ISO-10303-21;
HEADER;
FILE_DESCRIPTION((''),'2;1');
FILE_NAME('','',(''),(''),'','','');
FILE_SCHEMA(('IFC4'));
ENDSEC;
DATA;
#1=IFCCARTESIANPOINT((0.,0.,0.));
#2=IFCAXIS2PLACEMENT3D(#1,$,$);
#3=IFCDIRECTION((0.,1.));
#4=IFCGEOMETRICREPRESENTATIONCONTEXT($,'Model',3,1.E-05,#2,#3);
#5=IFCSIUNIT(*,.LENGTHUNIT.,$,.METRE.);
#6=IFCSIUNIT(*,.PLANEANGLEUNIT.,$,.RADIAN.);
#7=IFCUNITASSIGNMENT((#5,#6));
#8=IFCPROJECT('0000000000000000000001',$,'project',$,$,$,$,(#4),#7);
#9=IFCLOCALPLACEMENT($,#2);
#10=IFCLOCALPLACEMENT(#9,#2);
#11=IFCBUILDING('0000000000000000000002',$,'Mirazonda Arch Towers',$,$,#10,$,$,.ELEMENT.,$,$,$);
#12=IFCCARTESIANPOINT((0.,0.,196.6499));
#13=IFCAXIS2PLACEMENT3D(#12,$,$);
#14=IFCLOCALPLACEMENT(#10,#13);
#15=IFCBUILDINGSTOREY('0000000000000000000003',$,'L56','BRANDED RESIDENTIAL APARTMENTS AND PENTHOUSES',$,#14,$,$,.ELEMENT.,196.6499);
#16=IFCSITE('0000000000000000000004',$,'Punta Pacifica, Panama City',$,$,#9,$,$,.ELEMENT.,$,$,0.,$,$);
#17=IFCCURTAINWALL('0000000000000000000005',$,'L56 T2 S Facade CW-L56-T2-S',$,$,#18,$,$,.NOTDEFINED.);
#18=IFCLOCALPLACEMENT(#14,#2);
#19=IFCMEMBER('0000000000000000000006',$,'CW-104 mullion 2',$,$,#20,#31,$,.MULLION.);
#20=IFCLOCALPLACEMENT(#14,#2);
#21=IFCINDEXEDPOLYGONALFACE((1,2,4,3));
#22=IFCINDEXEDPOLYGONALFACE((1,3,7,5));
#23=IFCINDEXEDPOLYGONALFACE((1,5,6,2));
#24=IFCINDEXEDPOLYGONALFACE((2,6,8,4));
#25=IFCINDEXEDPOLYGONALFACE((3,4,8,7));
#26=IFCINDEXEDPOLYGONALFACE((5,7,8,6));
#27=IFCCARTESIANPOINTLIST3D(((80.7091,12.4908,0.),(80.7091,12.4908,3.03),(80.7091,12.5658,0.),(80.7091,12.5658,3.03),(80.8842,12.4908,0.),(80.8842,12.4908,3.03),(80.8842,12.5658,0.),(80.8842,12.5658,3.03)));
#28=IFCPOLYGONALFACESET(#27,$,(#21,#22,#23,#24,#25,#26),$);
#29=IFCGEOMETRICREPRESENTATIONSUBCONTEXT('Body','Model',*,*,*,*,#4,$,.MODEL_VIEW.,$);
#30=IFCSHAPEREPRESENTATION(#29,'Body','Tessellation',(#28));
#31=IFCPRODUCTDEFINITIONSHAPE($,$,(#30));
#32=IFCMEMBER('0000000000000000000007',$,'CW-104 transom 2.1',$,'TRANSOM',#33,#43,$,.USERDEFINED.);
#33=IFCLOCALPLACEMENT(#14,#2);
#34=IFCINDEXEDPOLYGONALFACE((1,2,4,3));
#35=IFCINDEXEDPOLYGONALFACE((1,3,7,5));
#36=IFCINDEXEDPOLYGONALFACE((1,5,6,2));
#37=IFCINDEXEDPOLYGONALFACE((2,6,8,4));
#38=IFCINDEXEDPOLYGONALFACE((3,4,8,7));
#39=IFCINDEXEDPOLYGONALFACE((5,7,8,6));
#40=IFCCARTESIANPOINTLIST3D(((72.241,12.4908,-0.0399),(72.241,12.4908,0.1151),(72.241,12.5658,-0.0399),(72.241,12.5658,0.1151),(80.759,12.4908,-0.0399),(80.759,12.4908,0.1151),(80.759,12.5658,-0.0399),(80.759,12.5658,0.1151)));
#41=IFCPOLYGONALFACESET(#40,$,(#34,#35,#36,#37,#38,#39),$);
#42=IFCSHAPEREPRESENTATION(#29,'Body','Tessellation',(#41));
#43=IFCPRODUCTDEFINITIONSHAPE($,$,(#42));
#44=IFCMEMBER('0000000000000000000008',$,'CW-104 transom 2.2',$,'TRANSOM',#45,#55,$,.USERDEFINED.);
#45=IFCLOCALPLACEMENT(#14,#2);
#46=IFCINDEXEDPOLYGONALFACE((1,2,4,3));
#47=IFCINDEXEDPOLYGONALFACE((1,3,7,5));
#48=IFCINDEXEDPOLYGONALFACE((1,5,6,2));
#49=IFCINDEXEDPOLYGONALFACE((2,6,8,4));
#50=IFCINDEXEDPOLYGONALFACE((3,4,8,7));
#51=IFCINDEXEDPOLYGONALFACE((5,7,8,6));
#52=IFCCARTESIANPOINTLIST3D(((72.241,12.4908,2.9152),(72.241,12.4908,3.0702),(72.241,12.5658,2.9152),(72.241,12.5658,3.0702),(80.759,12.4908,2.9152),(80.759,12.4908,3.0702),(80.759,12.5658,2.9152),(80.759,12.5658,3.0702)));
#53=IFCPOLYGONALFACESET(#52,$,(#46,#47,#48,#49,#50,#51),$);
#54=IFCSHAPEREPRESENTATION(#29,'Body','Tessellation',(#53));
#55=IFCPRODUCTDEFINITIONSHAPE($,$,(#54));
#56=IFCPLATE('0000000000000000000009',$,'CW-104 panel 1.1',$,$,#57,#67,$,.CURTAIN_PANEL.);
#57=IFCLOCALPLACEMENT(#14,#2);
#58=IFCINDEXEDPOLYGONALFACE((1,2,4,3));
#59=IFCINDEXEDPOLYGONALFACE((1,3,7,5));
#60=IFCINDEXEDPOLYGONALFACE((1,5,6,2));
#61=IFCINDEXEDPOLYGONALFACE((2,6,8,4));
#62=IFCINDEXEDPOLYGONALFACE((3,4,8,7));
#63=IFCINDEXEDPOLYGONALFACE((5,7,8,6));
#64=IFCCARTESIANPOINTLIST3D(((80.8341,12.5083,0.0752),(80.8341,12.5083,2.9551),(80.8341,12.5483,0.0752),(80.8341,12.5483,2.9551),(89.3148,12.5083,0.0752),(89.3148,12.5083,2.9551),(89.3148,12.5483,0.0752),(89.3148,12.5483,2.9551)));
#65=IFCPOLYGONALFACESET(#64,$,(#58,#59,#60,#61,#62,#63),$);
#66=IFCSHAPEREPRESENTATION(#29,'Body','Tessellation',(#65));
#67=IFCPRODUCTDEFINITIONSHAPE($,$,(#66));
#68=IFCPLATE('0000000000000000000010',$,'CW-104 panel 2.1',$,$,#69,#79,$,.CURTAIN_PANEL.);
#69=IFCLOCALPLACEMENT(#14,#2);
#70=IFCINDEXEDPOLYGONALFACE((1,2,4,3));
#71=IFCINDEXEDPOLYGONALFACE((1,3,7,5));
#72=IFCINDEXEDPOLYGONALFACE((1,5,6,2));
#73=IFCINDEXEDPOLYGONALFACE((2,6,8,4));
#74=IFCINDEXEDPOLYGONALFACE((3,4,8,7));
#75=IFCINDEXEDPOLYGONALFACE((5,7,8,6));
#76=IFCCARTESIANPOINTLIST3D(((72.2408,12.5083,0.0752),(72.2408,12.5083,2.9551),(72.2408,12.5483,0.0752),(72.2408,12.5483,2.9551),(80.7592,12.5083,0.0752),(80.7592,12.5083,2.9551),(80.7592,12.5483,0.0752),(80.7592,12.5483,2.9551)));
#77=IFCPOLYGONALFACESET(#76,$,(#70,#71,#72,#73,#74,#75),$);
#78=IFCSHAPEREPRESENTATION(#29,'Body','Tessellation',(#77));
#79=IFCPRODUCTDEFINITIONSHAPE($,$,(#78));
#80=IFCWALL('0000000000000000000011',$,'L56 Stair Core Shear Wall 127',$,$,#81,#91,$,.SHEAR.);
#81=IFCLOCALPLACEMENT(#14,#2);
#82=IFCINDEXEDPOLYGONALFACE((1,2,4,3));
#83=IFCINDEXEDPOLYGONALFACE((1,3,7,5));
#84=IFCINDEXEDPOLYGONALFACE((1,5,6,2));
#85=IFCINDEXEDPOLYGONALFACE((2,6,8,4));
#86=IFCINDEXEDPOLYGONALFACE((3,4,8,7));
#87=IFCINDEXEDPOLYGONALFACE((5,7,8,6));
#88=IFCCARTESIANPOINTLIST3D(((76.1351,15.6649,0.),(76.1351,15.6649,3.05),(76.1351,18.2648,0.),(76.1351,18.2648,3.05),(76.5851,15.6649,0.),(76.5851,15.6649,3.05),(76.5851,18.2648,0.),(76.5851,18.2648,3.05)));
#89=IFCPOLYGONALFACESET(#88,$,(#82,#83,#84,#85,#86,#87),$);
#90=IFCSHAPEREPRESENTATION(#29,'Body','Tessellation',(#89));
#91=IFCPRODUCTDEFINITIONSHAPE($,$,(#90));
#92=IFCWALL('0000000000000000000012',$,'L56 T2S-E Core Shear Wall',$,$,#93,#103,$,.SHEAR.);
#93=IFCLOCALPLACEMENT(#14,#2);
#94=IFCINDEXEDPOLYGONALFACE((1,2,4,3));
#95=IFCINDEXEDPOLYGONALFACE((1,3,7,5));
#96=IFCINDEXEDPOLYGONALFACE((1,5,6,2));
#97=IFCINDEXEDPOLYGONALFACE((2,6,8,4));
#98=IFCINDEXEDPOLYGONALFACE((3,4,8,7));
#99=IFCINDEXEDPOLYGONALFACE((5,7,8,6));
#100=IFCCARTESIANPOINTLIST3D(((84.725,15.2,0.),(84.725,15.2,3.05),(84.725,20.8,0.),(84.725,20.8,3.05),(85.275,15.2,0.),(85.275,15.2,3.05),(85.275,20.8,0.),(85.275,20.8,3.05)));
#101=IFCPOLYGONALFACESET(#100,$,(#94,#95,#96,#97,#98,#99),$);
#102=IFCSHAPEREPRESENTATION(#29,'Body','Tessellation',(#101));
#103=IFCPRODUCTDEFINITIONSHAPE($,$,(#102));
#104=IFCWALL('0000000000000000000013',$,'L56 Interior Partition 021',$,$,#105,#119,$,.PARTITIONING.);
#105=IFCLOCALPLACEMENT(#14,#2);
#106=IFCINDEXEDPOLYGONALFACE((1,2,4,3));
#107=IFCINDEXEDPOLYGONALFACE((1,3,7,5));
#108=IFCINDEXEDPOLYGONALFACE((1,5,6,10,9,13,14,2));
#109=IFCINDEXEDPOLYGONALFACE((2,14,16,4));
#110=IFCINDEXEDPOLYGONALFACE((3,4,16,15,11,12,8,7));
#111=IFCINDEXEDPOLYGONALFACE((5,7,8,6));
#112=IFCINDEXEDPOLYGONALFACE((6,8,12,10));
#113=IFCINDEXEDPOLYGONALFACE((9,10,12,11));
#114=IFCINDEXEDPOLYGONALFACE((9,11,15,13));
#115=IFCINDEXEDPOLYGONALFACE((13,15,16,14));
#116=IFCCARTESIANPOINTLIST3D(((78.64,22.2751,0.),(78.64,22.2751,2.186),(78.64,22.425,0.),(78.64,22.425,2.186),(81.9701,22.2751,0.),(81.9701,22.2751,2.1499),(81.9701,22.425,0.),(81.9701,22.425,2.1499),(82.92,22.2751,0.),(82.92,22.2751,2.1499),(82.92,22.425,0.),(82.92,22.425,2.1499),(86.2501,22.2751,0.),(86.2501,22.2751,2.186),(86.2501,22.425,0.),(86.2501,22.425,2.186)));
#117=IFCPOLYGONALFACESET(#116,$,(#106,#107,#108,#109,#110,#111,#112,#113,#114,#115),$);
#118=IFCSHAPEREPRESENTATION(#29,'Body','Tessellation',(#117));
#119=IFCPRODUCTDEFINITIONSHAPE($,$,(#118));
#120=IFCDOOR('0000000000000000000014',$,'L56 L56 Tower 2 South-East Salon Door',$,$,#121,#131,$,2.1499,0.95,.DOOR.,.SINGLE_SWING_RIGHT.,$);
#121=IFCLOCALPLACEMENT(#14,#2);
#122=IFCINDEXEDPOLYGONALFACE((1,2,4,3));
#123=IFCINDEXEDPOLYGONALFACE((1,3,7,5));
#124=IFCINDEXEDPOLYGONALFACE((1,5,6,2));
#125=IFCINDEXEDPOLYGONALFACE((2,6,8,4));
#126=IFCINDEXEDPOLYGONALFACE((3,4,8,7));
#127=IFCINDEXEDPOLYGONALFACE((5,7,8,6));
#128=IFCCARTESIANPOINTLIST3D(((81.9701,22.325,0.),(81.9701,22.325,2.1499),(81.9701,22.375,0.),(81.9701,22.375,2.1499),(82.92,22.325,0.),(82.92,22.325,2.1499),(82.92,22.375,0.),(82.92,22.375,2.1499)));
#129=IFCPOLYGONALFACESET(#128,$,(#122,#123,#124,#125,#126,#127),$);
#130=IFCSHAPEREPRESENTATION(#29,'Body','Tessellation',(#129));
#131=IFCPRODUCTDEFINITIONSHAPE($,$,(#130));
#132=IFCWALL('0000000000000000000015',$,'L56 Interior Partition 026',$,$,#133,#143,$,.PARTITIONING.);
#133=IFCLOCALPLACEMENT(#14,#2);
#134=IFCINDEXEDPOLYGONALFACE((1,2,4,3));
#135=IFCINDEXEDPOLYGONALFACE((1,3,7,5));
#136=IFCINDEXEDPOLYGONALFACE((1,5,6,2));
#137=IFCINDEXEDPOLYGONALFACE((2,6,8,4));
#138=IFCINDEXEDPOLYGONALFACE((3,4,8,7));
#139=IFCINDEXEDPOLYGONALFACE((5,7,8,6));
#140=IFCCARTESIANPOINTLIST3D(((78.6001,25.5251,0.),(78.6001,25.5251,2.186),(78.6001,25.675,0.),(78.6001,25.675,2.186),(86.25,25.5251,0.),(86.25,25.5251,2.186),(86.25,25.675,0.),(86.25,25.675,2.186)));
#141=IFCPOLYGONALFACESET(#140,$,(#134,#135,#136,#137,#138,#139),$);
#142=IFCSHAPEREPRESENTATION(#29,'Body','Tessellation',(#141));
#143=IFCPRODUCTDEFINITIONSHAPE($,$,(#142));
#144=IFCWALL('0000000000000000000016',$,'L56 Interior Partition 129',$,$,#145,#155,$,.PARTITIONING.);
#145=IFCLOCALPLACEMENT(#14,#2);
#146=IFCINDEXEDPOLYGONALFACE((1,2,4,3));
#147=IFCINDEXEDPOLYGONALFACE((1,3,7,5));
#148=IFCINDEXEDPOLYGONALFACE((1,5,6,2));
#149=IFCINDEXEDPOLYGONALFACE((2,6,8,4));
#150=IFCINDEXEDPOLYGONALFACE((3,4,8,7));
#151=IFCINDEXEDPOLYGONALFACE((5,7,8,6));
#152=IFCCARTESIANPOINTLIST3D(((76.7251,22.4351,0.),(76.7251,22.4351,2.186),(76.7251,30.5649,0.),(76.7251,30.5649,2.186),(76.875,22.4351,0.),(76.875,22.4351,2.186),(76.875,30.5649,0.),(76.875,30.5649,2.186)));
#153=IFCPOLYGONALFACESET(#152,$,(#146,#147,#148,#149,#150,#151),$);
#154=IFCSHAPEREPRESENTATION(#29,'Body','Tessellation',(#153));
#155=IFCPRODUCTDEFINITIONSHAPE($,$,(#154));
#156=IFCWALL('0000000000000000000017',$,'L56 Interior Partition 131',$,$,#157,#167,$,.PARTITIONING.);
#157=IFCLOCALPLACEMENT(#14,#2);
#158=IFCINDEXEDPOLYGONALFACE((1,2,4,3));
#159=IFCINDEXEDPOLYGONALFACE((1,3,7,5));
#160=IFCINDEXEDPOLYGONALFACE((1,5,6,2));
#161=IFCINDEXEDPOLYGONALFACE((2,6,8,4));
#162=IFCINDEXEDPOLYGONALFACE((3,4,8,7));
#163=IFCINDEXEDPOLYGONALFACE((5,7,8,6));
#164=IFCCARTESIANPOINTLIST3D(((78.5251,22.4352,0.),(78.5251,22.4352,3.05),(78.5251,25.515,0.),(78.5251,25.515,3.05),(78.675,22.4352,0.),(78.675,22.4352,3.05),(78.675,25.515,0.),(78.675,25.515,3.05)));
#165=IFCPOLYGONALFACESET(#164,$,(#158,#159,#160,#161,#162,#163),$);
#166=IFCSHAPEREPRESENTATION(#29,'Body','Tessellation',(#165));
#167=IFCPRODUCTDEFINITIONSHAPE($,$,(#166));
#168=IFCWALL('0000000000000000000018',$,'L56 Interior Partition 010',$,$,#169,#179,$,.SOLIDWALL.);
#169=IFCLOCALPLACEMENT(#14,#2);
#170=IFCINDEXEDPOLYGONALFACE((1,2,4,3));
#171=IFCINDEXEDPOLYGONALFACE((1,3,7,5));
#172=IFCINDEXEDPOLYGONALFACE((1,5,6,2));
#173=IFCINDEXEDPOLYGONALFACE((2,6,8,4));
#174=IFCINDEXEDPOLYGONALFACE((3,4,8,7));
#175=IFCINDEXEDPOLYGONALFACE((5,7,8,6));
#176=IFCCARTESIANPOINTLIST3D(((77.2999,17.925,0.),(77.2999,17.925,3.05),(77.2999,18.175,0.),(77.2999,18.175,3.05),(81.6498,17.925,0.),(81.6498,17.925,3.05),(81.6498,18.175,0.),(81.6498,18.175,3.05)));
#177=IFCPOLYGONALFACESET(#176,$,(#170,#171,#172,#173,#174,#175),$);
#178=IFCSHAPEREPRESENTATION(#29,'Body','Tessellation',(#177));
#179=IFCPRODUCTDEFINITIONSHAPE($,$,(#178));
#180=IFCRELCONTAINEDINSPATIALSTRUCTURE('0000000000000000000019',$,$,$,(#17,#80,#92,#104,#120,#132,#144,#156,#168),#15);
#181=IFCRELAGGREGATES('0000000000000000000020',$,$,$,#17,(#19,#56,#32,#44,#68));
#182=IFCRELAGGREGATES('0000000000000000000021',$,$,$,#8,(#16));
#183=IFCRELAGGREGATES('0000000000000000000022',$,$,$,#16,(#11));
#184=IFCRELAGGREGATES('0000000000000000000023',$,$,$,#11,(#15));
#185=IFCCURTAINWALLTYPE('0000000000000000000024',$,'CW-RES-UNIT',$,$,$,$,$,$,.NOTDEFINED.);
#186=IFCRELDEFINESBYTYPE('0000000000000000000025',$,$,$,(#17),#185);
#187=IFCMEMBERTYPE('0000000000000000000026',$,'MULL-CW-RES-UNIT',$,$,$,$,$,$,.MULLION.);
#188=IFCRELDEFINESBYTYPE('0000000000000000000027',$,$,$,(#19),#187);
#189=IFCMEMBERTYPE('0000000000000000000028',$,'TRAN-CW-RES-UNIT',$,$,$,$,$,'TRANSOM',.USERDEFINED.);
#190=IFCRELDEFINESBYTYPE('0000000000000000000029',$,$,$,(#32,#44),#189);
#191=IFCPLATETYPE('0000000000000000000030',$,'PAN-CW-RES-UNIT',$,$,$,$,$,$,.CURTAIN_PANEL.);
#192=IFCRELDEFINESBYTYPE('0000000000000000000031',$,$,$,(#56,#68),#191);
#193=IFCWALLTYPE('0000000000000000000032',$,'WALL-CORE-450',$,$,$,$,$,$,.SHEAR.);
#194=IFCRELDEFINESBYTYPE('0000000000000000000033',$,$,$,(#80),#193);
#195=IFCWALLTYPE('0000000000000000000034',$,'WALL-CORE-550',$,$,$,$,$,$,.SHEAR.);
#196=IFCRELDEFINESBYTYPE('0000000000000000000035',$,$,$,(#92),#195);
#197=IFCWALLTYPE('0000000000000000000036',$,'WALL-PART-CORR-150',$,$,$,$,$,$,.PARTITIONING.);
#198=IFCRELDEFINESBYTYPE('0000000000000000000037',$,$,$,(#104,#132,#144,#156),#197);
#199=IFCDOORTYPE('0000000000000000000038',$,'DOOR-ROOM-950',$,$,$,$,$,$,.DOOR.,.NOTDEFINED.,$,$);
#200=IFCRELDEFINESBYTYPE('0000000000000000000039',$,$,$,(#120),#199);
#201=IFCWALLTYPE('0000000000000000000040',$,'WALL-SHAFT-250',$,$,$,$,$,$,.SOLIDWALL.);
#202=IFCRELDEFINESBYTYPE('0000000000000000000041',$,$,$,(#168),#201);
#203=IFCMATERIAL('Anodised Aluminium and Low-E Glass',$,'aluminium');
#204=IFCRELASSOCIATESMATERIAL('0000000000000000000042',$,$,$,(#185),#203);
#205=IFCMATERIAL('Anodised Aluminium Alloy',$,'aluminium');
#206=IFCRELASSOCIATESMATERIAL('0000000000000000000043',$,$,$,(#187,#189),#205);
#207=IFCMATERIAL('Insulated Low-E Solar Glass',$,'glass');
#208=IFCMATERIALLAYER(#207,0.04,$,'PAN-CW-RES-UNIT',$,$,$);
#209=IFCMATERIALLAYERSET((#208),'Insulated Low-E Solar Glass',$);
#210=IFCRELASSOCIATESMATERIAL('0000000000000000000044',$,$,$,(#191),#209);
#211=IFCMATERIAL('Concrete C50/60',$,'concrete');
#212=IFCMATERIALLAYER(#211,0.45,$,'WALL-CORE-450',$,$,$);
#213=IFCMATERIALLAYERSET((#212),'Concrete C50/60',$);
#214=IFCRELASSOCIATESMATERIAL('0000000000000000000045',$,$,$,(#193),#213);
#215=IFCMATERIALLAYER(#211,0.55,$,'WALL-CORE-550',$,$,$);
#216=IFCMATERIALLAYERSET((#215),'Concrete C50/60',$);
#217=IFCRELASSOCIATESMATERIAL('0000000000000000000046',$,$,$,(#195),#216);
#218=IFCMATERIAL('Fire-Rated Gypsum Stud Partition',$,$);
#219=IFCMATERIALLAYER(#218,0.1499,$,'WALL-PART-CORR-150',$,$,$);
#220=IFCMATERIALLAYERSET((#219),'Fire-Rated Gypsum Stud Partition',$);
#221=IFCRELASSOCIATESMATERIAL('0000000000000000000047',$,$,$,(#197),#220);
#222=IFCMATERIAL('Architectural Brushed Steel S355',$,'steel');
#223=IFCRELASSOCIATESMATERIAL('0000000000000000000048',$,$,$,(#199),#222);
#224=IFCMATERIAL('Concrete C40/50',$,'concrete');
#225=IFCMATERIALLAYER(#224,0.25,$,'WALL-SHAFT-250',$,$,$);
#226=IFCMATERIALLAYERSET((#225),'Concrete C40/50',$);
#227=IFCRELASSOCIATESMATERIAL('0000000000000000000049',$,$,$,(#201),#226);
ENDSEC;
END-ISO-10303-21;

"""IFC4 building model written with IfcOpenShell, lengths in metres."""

from ifc_helpers import new_model, si_unit, direction, frame, frame_2d, origin, origin_2d, place, context, subcontext, project, spatial, rectangle, extrude, material, layer, layer_set, material_profile, profile_set, type_object, element, fill, aggregate, save


model = new_model("IFC4")

# Units and contexts
model_context = context("Model", 3, precision=1e-05, world=origin(), true_north=direction((0.0, 1.0)))
body_context = subcontext(model_context, "Body", "Model", "MODEL_VIEW")
ifc_project = project(units=[si_unit("LENGTHUNIT", "METRE"), si_unit("PLANEANGLEUNIT", "RADIAN")], contexts=[model_context])

# Site, building, storey
site_placement = place(None, origin())
site = spatial("IfcSite", under=ifc_project, at=site_placement, Name="Punta Pacifica, Panama City", CompositionType="ELEMENT", RefElevation=0.0)
building_placement = place(site_placement, origin())
building = spatial("IfcBuilding", under=site, at=building_placement, Name="Mirazonda Arch Towers", CompositionType="ELEMENT")
storey_placement = place(building_placement, frame((0.0, 0.0, 196.6499)))
storey = spatial("IfcBuildingStorey", under=building, at=storey_placement, Name="L56", Description="BRANDED RESIDENTIAL APARTMENTS AND PENTHOUSES", CompositionType="ELEMENT", Elevation=196.6499)

# Shared definitions
ifc_material_1 = material(Name="Concrete C50/60", Category="concrete")

# Curtain wall, members, plates
ifc_material_2 = material(Name="Anodised Aluminium and Low-E Glass", Category="aluminium")
curtain_wall_type = type_object("IfcCurtainWallType", Name="CW-RES-UNIT", PredefinedType="NOTDEFINED", material=ifc_material_2)
curtain_wall_placement = place(storey_placement, origin())
curtain_wall = element("IfcCurtainWall", 1, at=curtain_wall_placement, inside=storey, type_object=curtain_wall_type, Name="L56 T2 S Facade CW-L56-T2-S", PredefinedType="NOTDEFINED")
ifc_material_3 = material(Name="Anodised Aluminium Alloy", Category="aluminium")
ifc_material_profile_1 = material_profile(ifc_material_3, rectangle(XDim=0.075, YDim=0.175, at=origin_2d()), Name="ALU-MULL-75x175")
ifc_profile_set_1 = profile_set([ifc_material_profile_1], Name="Anodised Aluminium Alloy")
member_type_1 = type_object("IfcMemberType", Name="MULL-CW-RES-UNIT", PredefinedType="MULLION", material=ifc_profile_set_1)
member_1_placement = place(storey_placement, frame((80.7966, 12.5283, 0.0), z_axis=(0.0, 0.0, 1.0), x_axis=(0.0, -1.0, 0.0)))
member_1 = element("IfcMember", 2, at=member_1_placement, type_object=member_type_1, Name="CW-104 mullion 2", PredefinedType="MULLION", context=body_context, shape_type="SweptSolid", body=[
    extrude(rectangle(XDim=0.075, YDim=0.175, at=origin_2d()), origin(), (0.0, 0.0, 1.0), 3.03),
])
ifc_material_profile_2 = material_profile(ifc_material_3, rectangle(XDim=0.075, YDim=0.155, at=origin_2d()), Name="ALU-TRAN-75x155")
ifc_profile_set_2 = profile_set([ifc_material_profile_2], Name="Anodised Aluminium Alloy")
member_type_2 = type_object("IfcMemberType", Name="TRAN-CW-RES-UNIT", ElementType="TRANSOM", PredefinedType="USERDEFINED", material=ifc_profile_set_2)
member_2_placement = place(storey_placement, frame((80.759, 12.5283, 0.0376), z_axis=(-1.0, 0.0, 0.0), x_axis=(0.0, -1.0, 0.0)))
member_2 = element("IfcMember", 3, at=member_2_placement, type_object=member_type_2, Name="CW-104 transom 2.1", ObjectType="TRANSOM", PredefinedType="USERDEFINED", context=body_context, shape_type="SweptSolid", body=[
    extrude(rectangle(XDim=0.075, YDim=0.155, at=origin_2d()), origin(), (0.0, 0.0, 1.0), 8.5181),
])
member_3_placement = place(storey_placement, frame((80.759, 12.5283, 2.9927), z_axis=(-1.0, 0.0, 0.0), x_axis=(0.0, -1.0, 0.0)))
member_3 = element("IfcMember", 4, at=member_3_placement, type_object=member_type_2, Name="CW-104 transom 2.2", ObjectType="TRANSOM", PredefinedType="USERDEFINED", context=body_context, shape_type="SweptSolid", body=[
    extrude(rectangle(XDim=0.075, YDim=0.155, at=origin_2d()), origin(), (0.0, 0.0, 1.0), 8.5181),
])
ifc_material_4 = material(Name="Insulated Low-E Solar Glass", Category="glass")
ifc_layer_1 = layer(ifc_material_4, 0.04, Name="PAN-CW-RES-UNIT")
ifc_layer_set_1 = layer_set([ifc_layer_1], Name="Insulated Low-E Solar Glass")
plate_type = type_object("IfcPlateType", Name="PAN-CW-RES-UNIT", PredefinedType="CURTAIN_PANEL", material=ifc_layer_set_1)
plate_1_placement = place(storey_placement, frame((85.0745, 12.5283, 0.0752), z_axis=(0.0, 0.0, 1.0), x_axis=(-1.0, 0.0, 0.0)))
plate_1 = element("IfcPlate", 5, at=plate_1_placement, type_object=plate_type, Name="CW-104 panel 1.1", PredefinedType="CURTAIN_PANEL", context=body_context, shape_type="SweptSolid", body=[
    extrude(rectangle(XDim=8.4807, YDim=0.04, at=origin_2d()), origin(), (0.0, 0.0, 1.0), 2.8799),
])
plate_2_placement = place(storey_placement, frame((76.5, 12.5283, 0.0752), z_axis=(0.0, 0.0, 1.0), x_axis=(-1.0, 0.0, 0.0)))
plate_2 = element("IfcPlate", 6, at=plate_2_placement, type_object=plate_type, Name="CW-104 panel 2.1", PredefinedType="CURTAIN_PANEL", context=body_context, shape_type="SweptSolid", body=[
    extrude(rectangle(XDim=8.5183, YDim=0.04, at=origin_2d()), origin(), (0.0, 0.0, 1.0), 2.8799),
])
aggregate(curtain_wall, [member_1, plate_1, member_2, member_3, plate_2])

# Walls
ifc_layer_2 = layer(ifc_material_1, 0.45, Name="WALL-CORE-450")
ifc_layer_set_2 = layer_set([ifc_layer_2], Name="Concrete C50/60")
wall_type_1 = type_object("IfcWallType", Name="WALL-CORE-450", PredefinedType="SHEAR", material=ifc_layer_set_2)
wall_1_placement = place(storey_placement, frame((76.3601, 15.665, 0.0), z_axis=(0.0, 0.0, 1.0), x_axis=(0.0, 1.0, 0.0)))
element("IfcWall", 7, at=wall_1_placement, inside=storey, type_object=wall_type_1, Name="L56 Stair Core Shear Wall 127", PredefinedType="SHEAR", context=body_context, shape_type="SweptSolid", body=[
    extrude(rectangle(XDim=2.5999, YDim=0.45, at=frame_2d((1.2998, 0.0))), origin(), (0.0, 0.0, 1.0), 3.05),
])
ifc_layer_3 = layer(ifc_material_1, 0.55, Name="WALL-CORE-550")
ifc_layer_set_3 = layer_set([ifc_layer_3], Name="Concrete C50/60")
wall_type_2 = type_object("IfcWallType", Name="WALL-CORE-550", PredefinedType="SHEAR", material=ifc_layer_set_3)
wall_2_placement = place(storey_placement, frame((85.0, 15.2, 0.0), z_axis=(0.0, 0.0, 1.0), x_axis=(0.0, 1.0, 0.0)))
element("IfcWall", 8, at=wall_2_placement, inside=storey, type_object=wall_type_2, Name="L56 T2S-E Core Shear Wall", PredefinedType="SHEAR", context=body_context, shape_type="SweptSolid", body=[
    extrude(rectangle(XDim=5.6001, YDim=0.55, at=frame_2d((2.8, 0.0))), origin(), (0.0, 0.0, 1.0), 3.05),
])

# Wall, opening, door
ifc_material_5 = material(Name="Fire-Rated Gypsum Stud Partition")
ifc_layer_4 = layer(ifc_material_5, 0.1499, Name="WALL-PART-CORR-150")
ifc_layer_set_4 = layer_set([ifc_layer_4], Name="Fire-Rated Gypsum Stud Partition")
wall_type_3 = type_object("IfcWallType", Name="WALL-PART-CORR-150", PredefinedType="PARTITIONING", material=ifc_layer_set_4)
wall_3_placement = place(storey_placement, frame((78.6399, 22.3501, 0.0), z_axis=(0.0, 0.0, 1.0), x_axis=(1.0, 0.0, 0.0)))
wall_3 = element("IfcWall", 9, at=wall_3_placement, inside=storey, type_object=wall_type_3, Name="L56 Interior Partition 021", PredefinedType="PARTITIONING", context=body_context, shape_type="SweptSolid", body=[
    extrude(rectangle(XDim=7.6101, YDim=0.1499, at=frame_2d((3.8052, 0.0))), origin(), (0.0, 0.0, 1.0), 2.186),
])
opening_placement = place(wall_3_placement, frame((3.3301, 0.0, 0.0)))
opening = element("IfcOpeningElement", 10, at=opening_placement, cuts=wall_3, PredefinedType="OPENING", context=body_context, shape_type="SweptSolid", body=[
    extrude(rectangle(XDim=0.95, YDim=2.1499, at=frame_2d((0.4751, 1.075))), frame((0.0, 0.085, 0.0), z_axis=(0.0, -1.0, 0.0), x_axis=(1.0, 0.0, 0.0)), (0.0, 0.0, 1.0), 0.1699),
])
ifc_material_6 = material(Name="Architectural Brushed Steel S355", Category="steel")
door_type = type_object("IfcDoorType", Name="DOOR-ROOM-950", OperationType="NOTDEFINED", PredefinedType="DOOR", material=ifc_material_6)
door_placement = place(opening_placement, origin())
door = element("IfcDoor", 11, at=door_placement, inside=storey, type_object=door_type, Name="L56 L56 Tower 2 South-East Salon Door", OperationType="SINGLE_SWING_RIGHT", OverallHeight=2.1499, OverallWidth=0.95, PredefinedType="DOOR", context=body_context, shape_type="SweptSolid", body=[
    extrude(rectangle(XDim=0.95, YDim=2.1499, at=frame_2d((0.4751, 1.075))), frame((0.0, 0.0249, 0.0), z_axis=(0.0, -1.0, 0.0), x_axis=(1.0, 0.0, 0.0)), (0.0, 0.0, 1.0), 0.05),
])
fill(opening, door)

# Walls
wall_4_placement = place(storey_placement, frame((78.6001, 25.6001, 0.0), z_axis=(0.0, 0.0, 1.0), x_axis=(1.0, 0.0, 0.0)))
element("IfcWall", 12, at=wall_4_placement, inside=storey, type_object=wall_type_3, Name="L56 Interior Partition 026", PredefinedType="PARTITIONING", context=body_context, shape_type="SweptSolid", body=[
    extrude(rectangle(XDim=7.6499, YDim=0.1499, at=frame_2d((3.825, 0.0))), origin(), (0.0, 0.0, 1.0), 2.186),
])
wall_5_placement = place(storey_placement, frame((76.8, 22.4351, 0.0), z_axis=(0.0, 0.0, 1.0), x_axis=(0.0, 1.0, 0.0)))
element("IfcWall", 13, at=wall_5_placement, inside=storey, type_object=wall_type_3, Name="L56 Interior Partition 129", PredefinedType="PARTITIONING", context=body_context, shape_type="SweptSolid", body=[
    extrude(rectangle(XDim=8.1299, YDim=0.1499, at=frame_2d((4.0649, 0.0))), origin(), (0.0, 0.0, 1.0), 2.186),
])
wall_6_placement = place(storey_placement, frame((78.6001, 22.4351, 0.0), z_axis=(0.0, 0.0, 1.0), x_axis=(0.0, 1.0, 0.0)))
element("IfcWall", 14, at=wall_6_placement, inside=storey, type_object=wall_type_3, Name="L56 Interior Partition 131", PredefinedType="PARTITIONING", context=body_context, shape_type="SweptSolid", body=[
    extrude(rectangle(XDim=3.0798, YDim=0.1499, at=frame_2d((1.54, 0.0))), origin(), (0.0, 0.0, 1.0), 3.05),
])
ifc_material_7 = material(Name="Concrete C40/50", Category="concrete")
ifc_layer_5 = layer(ifc_material_7, 0.25, Name="WALL-SHAFT-250")
ifc_layer_set_5 = layer_set([ifc_layer_5], Name="Concrete C40/50")
wall_type_4 = type_object("IfcWallType", Name="WALL-SHAFT-250", PredefinedType="SOLIDWALL", material=ifc_layer_set_5)
wall_7_placement = place(storey_placement, frame((77.3, 18.05, 0.0), z_axis=(0.0, 0.0, 1.0), x_axis=(1.0, 0.0, 0.0)))
element("IfcWall", 15, at=wall_7_placement, inside=storey, type_object=wall_type_4, Name="L56 Interior Partition 010", PredefinedType="SOLIDWALL", context=body_context, shape_type="SweptSolid", body=[
    extrude(rectangle(XDim=4.3499, YDim=0.25, at=frame_2d((2.1748, 0.0))), origin(), (0.0, 0.0, 1.0), 3.05),
])

save(model, "model.ifc")
